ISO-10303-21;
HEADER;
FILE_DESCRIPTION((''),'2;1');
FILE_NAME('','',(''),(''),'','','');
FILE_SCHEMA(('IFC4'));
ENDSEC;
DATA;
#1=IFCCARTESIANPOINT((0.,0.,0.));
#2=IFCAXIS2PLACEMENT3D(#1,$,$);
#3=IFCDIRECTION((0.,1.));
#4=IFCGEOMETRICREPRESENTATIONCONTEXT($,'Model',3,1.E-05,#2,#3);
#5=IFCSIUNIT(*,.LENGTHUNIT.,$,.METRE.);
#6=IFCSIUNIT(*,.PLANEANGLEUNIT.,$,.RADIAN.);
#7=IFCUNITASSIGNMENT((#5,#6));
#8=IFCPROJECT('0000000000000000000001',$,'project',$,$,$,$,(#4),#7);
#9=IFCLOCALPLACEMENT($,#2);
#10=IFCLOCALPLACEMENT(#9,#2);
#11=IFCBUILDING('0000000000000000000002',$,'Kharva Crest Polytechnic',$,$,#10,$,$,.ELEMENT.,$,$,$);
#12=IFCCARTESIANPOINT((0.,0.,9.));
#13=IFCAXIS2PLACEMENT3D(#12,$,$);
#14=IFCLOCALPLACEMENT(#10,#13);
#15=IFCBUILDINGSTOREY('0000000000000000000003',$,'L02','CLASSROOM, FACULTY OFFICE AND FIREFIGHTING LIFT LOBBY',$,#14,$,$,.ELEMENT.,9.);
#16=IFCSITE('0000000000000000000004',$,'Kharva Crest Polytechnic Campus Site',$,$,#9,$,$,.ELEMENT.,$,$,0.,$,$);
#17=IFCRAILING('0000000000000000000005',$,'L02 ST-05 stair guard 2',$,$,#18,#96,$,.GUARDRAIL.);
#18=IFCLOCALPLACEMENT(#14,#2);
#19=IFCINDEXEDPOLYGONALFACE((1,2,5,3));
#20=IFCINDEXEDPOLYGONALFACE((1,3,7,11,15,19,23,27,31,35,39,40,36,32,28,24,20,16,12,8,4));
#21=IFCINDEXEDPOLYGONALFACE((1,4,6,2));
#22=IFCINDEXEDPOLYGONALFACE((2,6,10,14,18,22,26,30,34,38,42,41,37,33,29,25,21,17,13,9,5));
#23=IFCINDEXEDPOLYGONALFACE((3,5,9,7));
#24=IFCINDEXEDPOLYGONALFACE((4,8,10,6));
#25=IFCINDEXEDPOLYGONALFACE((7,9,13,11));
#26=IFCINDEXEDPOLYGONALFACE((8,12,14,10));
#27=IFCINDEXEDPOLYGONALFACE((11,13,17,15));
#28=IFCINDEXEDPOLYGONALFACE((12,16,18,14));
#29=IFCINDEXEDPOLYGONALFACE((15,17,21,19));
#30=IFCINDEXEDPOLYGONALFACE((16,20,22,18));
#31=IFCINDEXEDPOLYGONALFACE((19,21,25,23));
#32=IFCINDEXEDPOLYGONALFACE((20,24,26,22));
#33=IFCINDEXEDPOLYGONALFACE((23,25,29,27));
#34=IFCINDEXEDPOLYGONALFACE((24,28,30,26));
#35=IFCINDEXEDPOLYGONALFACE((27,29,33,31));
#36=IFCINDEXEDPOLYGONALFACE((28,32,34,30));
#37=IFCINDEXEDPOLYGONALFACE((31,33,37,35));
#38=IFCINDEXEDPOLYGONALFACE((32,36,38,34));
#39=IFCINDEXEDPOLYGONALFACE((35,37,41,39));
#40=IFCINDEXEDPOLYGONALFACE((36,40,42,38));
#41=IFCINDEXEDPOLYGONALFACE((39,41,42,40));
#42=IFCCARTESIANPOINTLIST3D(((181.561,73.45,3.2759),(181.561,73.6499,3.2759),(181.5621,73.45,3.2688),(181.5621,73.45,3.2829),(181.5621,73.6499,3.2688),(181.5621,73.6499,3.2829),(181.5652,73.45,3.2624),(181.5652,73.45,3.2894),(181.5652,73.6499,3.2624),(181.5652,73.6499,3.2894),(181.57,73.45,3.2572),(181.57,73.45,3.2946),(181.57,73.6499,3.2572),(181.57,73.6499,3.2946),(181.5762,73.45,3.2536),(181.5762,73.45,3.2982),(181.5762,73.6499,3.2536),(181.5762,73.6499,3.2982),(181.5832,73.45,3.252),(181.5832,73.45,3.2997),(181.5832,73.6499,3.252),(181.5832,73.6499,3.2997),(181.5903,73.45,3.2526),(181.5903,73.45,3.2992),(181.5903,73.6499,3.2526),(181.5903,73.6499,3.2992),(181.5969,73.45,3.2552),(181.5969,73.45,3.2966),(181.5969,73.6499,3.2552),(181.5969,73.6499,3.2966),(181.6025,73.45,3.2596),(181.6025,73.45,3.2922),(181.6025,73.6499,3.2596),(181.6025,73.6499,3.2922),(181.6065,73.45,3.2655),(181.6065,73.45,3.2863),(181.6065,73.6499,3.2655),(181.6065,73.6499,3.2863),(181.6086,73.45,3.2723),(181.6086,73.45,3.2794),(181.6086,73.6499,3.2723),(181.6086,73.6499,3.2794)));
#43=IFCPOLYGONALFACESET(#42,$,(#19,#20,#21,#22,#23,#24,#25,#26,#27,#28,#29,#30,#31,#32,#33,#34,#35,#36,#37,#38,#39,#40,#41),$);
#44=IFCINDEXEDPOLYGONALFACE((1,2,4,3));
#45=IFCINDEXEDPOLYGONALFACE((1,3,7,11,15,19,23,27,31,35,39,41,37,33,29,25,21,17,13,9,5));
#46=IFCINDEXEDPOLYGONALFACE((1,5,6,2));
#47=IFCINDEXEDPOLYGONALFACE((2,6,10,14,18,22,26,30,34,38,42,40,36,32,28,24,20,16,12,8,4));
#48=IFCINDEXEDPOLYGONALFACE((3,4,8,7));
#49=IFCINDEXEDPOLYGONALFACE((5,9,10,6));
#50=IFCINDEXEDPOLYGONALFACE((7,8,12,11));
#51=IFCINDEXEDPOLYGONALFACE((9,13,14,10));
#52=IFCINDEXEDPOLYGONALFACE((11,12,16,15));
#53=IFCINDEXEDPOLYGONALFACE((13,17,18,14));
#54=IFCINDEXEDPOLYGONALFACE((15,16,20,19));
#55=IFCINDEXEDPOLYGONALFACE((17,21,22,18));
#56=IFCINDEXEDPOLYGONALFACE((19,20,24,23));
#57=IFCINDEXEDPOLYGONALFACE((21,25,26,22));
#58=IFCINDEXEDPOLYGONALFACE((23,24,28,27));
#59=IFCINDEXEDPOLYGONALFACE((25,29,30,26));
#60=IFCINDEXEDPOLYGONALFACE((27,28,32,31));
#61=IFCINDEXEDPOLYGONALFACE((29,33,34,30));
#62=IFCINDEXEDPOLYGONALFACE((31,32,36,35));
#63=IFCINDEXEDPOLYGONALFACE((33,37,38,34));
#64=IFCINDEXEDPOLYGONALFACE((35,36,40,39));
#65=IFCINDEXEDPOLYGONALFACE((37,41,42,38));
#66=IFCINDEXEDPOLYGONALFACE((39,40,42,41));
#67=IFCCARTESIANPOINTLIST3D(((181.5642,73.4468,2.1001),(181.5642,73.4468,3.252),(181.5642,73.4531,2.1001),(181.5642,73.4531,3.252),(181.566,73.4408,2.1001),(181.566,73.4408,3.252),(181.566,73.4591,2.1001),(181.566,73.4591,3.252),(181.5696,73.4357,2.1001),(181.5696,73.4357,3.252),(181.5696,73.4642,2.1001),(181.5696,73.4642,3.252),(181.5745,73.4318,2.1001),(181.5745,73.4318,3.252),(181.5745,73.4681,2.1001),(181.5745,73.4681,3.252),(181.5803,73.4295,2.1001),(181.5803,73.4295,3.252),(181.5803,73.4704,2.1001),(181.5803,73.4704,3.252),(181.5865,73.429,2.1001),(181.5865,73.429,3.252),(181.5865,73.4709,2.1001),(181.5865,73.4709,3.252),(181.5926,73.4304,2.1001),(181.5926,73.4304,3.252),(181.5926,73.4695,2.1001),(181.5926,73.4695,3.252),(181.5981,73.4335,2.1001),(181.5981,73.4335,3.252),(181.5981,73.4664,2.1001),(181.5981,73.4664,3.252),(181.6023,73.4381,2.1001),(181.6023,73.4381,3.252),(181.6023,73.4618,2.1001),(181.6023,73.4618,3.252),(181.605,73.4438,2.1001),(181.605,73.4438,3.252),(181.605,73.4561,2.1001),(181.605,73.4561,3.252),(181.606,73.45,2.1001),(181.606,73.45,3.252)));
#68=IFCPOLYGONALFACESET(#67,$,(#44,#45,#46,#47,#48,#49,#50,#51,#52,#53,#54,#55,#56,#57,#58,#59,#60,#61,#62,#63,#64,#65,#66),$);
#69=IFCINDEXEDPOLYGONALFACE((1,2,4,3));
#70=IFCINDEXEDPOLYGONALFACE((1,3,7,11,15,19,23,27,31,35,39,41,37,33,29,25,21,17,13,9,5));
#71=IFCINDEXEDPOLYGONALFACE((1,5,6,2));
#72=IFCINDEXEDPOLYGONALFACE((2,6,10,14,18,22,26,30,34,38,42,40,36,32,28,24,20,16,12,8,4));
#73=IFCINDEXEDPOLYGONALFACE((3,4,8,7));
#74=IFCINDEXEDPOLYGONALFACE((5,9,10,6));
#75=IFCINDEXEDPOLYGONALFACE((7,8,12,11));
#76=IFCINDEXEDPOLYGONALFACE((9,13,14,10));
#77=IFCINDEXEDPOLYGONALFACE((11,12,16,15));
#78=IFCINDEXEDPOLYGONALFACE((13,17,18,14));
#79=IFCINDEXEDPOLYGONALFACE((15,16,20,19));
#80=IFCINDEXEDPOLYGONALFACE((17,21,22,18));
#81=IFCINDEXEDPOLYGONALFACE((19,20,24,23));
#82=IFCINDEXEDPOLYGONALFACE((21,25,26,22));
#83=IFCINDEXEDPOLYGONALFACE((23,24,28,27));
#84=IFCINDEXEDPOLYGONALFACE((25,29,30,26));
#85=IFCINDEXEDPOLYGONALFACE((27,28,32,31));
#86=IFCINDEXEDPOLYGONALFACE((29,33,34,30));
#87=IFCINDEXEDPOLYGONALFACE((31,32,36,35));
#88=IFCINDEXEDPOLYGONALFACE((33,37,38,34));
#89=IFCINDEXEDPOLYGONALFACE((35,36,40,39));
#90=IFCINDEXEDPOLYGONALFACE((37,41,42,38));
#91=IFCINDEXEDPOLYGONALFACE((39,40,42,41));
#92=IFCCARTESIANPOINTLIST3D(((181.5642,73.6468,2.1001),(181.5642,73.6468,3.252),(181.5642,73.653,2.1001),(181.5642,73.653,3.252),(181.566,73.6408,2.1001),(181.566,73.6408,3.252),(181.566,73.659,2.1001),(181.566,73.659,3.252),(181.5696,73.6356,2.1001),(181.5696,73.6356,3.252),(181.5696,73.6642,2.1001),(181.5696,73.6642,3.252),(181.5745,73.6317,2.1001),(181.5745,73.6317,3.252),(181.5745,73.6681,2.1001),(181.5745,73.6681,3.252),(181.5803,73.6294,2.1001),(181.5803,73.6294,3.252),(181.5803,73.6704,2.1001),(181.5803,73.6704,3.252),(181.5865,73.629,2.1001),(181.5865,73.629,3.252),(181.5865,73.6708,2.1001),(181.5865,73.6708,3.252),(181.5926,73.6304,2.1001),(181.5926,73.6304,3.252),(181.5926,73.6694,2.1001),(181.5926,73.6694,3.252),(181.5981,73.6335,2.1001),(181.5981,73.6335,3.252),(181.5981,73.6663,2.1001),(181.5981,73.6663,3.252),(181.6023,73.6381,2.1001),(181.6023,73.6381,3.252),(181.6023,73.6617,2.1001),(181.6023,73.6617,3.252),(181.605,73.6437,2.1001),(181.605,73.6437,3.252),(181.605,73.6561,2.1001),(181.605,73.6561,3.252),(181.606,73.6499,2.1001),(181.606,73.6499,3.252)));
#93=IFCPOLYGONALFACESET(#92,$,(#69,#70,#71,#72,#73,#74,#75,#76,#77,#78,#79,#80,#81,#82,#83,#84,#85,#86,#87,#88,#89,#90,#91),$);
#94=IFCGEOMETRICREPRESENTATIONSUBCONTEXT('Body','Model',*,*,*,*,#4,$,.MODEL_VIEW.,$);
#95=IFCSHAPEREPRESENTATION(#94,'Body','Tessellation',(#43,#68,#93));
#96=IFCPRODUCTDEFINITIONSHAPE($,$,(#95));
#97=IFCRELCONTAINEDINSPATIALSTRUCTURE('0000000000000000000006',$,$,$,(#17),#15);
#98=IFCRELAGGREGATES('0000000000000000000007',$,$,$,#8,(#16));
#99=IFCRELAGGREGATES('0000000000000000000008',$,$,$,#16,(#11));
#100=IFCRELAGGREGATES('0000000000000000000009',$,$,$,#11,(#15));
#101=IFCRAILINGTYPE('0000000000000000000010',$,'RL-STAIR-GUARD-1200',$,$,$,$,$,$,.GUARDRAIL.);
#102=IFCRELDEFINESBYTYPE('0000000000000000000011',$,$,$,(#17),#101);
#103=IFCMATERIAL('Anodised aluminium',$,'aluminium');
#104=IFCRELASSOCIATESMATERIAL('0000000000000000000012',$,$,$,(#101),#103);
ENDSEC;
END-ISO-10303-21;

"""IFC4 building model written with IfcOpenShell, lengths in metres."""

from ifc_helpers import new_model, si_unit, direction, frame, origin, origin_2d, place, context, subcontext, project, spatial, circle, extrude, material, type_object, element, save


model = new_model("IFC4")

# Units and contexts
model_context = context("Model", 3, precision=1e-05, world=origin(), true_north=direction((0.0, 1.0)))
body_context = subcontext(model_context, "Body", "Model", "MODEL_VIEW")
ifc_project = project(units=[si_unit("LENGTHUNIT", "METRE"), si_unit("PLANEANGLEUNIT", "RADIAN")], contexts=[model_context])

# Site, building, storey
site_placement = place(None, origin())
site = spatial("IfcSite", under=ifc_project, at=site_placement, Name="Kharva Crest Polytechnic Campus Site", CompositionType="ELEMENT", RefElevation=0.0)
building_placement = place(site_placement, origin())
building = spatial("IfcBuilding", under=site, at=building_placement, Name="Kharva Crest Polytechnic", CompositionType="ELEMENT")
storey_placement = place(building_placement, frame((0.0, 0.0, 9.0)))
storey = spatial("IfcBuildingStorey", under=building, at=storey_placement, Name="L02", Description="CLASSROOM, FACULTY OFFICE AND FIREFIGHTING LIFT LOBBY", CompositionType="ELEMENT", Elevation=9.0)

# Railing
ifc_material_1 = material(Name="Anodised aluminium", Category="aluminium")
railing_type_1 = type_object("IfcRailingType", Name="RL-STAIR-GUARD-1200", PredefinedType="GUARDRAIL", material=ifc_material_1)
railing_1_placement = place(storey_placement, frame((181.585, 73.45, 2.1001)))
element("IfcRailing", 1, at=railing_1_placement, inside=storey, type_object=railing_type_1, Name="L02 ST-05 stair guard 2", PredefinedType="GUARDRAIL", context=body_context, shape_type="SweptSolid", body=[
    extrude(circle(Radius=0.0239, at=origin_2d()), frame((0.0, 0.0, 1.1758), z_axis=(0.0, 1.0, 0.0), x_axis=(-1.0, 0.0, 0.0)), (0.0, 0.0, 1.0), 0.2),
    extrude(circle(Radius=0.021, at=origin_2d()), origin(), (0.0, 0.0, 1.0), 1.1519),
    extrude(circle(Radius=0.021, at=origin_2d()), frame((0.0, 0.2, 0.0)), (0.0, 0.0, 1.0), 1.1519),
])

save(model, "model.ifc")
